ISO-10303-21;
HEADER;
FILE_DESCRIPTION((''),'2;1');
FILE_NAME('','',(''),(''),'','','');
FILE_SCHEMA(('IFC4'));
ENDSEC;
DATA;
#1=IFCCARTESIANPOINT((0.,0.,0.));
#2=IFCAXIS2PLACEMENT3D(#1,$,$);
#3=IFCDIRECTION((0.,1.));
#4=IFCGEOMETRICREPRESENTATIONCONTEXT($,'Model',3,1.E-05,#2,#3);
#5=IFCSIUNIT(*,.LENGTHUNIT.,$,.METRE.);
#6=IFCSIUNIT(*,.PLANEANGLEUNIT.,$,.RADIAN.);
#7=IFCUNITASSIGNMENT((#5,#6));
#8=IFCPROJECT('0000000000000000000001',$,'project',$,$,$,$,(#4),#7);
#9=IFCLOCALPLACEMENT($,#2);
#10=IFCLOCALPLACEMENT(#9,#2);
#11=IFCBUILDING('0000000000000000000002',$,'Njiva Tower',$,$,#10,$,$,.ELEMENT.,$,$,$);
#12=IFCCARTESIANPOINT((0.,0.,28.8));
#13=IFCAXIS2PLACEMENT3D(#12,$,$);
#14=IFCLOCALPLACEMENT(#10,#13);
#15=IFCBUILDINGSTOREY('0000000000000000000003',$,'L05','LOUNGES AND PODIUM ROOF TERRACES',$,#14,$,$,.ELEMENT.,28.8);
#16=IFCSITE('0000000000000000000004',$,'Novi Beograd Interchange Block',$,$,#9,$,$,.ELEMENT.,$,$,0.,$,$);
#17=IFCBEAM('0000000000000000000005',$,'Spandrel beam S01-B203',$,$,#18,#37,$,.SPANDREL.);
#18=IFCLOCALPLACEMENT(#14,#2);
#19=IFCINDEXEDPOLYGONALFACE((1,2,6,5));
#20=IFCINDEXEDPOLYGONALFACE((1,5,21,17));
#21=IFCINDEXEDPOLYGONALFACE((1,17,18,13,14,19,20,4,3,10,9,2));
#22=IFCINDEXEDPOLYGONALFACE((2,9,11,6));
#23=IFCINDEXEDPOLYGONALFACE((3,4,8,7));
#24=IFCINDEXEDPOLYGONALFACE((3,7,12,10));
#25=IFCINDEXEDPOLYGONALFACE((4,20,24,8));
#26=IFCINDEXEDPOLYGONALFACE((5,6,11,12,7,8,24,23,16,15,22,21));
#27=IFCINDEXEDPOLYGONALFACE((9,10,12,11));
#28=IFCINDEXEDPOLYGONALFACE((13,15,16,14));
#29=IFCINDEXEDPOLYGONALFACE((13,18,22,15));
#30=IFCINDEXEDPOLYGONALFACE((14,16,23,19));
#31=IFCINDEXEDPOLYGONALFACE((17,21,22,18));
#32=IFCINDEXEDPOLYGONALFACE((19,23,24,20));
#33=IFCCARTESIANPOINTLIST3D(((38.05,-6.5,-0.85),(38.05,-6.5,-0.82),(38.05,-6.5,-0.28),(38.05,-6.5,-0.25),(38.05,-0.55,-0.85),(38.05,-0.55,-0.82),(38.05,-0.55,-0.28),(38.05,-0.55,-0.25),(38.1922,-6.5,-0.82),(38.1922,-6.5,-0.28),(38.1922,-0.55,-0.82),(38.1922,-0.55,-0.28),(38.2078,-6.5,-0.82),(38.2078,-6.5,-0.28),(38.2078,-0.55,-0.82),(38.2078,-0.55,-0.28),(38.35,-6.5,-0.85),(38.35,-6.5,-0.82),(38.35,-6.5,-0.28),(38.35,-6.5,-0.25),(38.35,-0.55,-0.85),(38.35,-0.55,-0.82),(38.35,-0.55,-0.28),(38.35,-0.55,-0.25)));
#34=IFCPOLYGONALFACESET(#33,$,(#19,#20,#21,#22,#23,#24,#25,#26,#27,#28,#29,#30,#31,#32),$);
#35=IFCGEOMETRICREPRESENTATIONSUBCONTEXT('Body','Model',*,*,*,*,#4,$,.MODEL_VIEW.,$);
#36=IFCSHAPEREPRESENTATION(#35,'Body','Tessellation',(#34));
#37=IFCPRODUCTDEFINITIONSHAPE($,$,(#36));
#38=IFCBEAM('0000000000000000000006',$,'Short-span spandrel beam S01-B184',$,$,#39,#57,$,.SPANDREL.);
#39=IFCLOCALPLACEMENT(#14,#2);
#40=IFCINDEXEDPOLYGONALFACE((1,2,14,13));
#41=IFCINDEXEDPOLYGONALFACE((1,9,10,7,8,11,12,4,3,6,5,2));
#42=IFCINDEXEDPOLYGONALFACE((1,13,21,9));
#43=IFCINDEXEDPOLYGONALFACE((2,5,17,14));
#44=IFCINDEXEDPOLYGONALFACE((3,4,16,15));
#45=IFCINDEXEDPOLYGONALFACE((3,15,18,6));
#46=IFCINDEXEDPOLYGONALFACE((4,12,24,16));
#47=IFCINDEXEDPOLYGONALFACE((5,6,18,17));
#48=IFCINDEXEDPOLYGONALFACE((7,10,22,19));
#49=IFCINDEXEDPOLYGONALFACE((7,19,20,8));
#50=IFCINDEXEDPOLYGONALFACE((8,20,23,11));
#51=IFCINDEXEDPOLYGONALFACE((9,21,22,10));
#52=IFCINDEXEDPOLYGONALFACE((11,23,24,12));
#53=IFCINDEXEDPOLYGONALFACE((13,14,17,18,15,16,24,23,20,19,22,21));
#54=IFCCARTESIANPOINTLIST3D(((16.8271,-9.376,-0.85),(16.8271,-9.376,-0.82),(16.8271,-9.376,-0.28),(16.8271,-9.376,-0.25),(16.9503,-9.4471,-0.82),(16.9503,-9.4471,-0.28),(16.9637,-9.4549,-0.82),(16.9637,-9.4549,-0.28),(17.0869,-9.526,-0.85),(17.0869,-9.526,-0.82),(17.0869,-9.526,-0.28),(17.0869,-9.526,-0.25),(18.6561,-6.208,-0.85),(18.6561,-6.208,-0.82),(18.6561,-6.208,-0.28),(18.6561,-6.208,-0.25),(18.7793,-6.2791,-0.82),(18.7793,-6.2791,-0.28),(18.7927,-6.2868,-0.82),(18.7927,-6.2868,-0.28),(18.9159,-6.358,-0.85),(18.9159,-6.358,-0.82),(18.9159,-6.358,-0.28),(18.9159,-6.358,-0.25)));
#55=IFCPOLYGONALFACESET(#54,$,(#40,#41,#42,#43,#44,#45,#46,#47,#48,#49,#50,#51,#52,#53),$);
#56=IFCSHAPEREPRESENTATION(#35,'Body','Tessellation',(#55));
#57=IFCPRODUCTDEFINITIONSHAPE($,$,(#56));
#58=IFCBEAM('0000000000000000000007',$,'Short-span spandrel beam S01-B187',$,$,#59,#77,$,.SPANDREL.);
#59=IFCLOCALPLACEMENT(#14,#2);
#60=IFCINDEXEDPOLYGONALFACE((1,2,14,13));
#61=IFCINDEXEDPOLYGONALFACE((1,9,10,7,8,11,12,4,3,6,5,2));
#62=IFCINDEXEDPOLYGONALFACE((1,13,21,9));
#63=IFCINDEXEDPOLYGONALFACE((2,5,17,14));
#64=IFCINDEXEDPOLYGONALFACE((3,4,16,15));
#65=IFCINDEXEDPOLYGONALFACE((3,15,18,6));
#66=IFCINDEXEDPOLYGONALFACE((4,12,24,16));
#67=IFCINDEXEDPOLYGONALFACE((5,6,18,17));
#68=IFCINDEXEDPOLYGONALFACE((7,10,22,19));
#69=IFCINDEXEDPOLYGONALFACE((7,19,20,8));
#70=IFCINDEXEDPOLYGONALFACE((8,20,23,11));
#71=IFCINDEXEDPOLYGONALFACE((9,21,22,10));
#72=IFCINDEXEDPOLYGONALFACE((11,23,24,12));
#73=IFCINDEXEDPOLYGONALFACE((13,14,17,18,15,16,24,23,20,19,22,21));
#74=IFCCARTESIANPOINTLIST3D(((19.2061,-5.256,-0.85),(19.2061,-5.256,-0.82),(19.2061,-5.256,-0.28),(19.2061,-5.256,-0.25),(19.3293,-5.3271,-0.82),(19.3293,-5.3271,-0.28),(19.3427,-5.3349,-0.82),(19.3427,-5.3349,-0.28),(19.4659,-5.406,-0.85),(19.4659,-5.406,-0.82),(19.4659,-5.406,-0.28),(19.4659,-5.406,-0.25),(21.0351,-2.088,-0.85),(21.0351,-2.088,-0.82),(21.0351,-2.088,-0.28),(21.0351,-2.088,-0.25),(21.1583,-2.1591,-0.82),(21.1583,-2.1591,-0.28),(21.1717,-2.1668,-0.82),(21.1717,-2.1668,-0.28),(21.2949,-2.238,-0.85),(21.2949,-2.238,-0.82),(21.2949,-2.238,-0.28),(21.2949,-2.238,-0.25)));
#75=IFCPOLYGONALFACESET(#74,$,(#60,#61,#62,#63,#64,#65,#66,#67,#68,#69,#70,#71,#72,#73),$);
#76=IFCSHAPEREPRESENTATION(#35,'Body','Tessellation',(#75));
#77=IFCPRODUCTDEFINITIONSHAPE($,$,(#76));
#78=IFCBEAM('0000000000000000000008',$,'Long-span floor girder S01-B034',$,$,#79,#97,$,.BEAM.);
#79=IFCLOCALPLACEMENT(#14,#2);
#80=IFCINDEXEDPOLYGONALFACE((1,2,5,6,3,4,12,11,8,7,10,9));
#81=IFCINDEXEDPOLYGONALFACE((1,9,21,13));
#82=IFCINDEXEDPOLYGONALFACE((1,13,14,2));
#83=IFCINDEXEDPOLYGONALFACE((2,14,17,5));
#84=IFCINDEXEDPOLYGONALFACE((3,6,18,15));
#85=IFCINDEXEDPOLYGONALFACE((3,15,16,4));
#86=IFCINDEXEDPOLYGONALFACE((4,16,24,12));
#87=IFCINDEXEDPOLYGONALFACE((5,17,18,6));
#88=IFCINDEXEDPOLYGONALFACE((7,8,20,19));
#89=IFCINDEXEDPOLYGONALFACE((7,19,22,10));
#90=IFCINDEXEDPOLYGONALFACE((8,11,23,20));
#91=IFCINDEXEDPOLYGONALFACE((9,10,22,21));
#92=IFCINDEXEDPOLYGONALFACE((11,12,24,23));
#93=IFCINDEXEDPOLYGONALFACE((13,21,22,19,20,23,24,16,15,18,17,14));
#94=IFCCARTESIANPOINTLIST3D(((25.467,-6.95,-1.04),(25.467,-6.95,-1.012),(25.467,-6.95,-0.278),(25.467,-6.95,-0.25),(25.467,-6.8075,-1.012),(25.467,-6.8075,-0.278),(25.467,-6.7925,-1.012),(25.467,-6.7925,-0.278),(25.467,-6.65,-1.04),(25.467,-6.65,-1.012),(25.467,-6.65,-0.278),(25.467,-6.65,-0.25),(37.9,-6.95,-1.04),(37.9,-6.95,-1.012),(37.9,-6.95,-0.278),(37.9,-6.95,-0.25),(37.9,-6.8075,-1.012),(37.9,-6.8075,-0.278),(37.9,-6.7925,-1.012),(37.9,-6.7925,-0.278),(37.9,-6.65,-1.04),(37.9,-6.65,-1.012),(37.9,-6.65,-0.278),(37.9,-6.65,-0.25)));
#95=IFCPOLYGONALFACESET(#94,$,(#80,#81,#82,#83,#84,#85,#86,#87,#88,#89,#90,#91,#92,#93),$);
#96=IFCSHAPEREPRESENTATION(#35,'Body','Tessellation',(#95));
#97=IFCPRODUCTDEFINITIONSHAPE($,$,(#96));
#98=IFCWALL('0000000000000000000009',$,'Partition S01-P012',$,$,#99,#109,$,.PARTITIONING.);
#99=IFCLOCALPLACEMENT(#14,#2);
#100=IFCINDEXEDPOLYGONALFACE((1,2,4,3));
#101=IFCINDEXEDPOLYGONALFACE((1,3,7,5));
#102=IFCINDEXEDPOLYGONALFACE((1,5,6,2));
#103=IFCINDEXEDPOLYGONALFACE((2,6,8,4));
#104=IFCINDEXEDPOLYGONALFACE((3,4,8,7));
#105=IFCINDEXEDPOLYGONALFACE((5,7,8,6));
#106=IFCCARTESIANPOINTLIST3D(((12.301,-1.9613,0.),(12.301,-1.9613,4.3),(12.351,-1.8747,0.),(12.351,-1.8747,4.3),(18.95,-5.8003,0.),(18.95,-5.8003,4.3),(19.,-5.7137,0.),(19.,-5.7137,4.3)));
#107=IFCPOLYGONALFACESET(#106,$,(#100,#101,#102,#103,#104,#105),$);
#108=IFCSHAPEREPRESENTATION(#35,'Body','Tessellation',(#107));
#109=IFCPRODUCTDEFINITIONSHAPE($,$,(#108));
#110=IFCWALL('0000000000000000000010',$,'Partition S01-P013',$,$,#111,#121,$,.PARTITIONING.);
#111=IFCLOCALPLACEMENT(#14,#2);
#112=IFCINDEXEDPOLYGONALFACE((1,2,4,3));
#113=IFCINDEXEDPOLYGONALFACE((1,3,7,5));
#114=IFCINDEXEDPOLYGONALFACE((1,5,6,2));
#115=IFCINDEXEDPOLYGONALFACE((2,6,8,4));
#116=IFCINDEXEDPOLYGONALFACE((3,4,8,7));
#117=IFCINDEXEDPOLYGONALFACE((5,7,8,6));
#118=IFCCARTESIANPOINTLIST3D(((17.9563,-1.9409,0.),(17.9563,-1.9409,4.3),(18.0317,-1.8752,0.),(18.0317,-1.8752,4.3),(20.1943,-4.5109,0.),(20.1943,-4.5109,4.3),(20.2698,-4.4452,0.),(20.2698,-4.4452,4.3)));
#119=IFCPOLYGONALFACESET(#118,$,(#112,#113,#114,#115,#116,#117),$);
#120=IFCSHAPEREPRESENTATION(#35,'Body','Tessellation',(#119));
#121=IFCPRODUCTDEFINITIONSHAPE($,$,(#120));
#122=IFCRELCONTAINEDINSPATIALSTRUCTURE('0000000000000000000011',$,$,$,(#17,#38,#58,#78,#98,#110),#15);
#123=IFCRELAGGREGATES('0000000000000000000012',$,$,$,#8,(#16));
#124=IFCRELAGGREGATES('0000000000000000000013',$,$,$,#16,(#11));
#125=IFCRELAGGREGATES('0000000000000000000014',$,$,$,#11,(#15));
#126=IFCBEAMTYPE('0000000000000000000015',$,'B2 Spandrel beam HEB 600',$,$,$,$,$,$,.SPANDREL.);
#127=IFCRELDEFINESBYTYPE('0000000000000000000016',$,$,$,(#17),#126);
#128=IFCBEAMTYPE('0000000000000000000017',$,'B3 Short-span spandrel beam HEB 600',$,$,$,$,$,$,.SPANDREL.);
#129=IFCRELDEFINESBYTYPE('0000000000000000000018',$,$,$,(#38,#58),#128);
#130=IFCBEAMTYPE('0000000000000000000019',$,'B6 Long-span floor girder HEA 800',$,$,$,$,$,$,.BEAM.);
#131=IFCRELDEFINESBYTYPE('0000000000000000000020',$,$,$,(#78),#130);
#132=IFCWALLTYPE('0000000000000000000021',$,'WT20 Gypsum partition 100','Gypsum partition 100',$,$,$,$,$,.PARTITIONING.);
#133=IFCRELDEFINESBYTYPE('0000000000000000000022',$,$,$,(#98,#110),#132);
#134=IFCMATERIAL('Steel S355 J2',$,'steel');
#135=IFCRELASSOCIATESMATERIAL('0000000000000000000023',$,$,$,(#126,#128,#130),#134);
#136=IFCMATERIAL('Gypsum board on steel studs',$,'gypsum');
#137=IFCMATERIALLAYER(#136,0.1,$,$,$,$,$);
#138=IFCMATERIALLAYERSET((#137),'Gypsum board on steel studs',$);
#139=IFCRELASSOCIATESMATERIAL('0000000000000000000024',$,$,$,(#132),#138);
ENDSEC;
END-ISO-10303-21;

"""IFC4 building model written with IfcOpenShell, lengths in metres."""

from ifc_helpers import new_model, si_unit, direction, frame, frame_2d, origin, origin_2d, place, context, subcontext, project, spatial, rectangle, i_section, extrude, material, layer, layer_set, material_profile, profile_set, type_object, element, save


model = new_model("IFC4")

# Units and contexts
model_context = context("Model", 3, precision=1e-05, world=origin(), true_north=direction((0.0, 1.0)))
body_context = subcontext(model_context, "Body", "Model", "MODEL_VIEW")
ifc_project = project(units=[si_unit("LENGTHUNIT", "METRE"), si_unit("PLANEANGLEUNIT", "RADIAN")], contexts=[model_context])

# Site, building, storey
site_placement = place(None, origin())
site = spatial("IfcSite", under=ifc_project, at=site_placement, Name="Novi Beograd Interchange Block", CompositionType="ELEMENT", RefElevation=0.0)
building_placement = place(site_placement, origin())
building = spatial("IfcBuilding", under=site, at=building_placement, Name="Njiva Tower", CompositionType="ELEMENT")
storey_placement = place(building_placement, frame((0.0, 0.0, 28.8)))
storey = spatial("IfcBuildingStorey", under=building, at=storey_placement, Name="L05", Description="LOUNGES AND PODIUM ROOF TERRACES", CompositionType="ELEMENT", Elevation=28.8)

# Shared definitions
ifc_material_1 = material(Name="Steel S355 J2", Category="steel")

# Beams
ifc_material_profile_1 = material_profile(ifc_material_1, i_section(OverallWidth=0.3, OverallDepth=0.6, WebThickness=0.0155, FlangeThickness=0.03, at=origin_2d()), Name="HEB 600")
ifc_profile_set_1 = profile_set([ifc_material_profile_1], Name="Steel S355 J2")
beam_type_1 = type_object("IfcBeamType", Name="B2 Spandrel beam HEB 600", PredefinedType="SPANDREL", material=ifc_profile_set_1)
for number, where, z_axis, x_axis, name in (
    (1, (38.2, -6.5, -0.55), (0.0, 1.0, 0.0), (-1.0, 0.0, 0.0), "Spandrel beam S01-B203"),
):
    element("IfcBeam", number, at=place(storey_placement, frame(where, z_axis=z_axis, x_axis=x_axis)), inside=storey, type_object=beam_type_1, Name=name, PredefinedType="SPANDREL", context=body_context, shape_type="SweptSolid", body=[
        extrude(i_section(OverallWidth=0.3, OverallDepth=0.6, WebThickness=0.0155, FlangeThickness=0.03, at=origin_2d()), origin(), (0.0, 0.0, 1.0), 5.95),
    ])
ifc_material_profile_2 = material_profile(ifc_material_1, i_section(OverallWidth=0.3, OverallDepth=0.6, WebThickness=0.0155, FlangeThickness=0.03, at=origin_2d()), Name="HEB 600")
ifc_profile_set_2 = profile_set([ifc_material_profile_2], Name="Steel S355 J2")
beam_type_2 = type_object("IfcBeamType", Name="B3 Short-span spandrel beam HEB 600", PredefinedType="SPANDREL", material=ifc_profile_set_2)
for number, where, z_axis, x_axis, name in (
    (2, (16.957, -9.451, -0.55), (0.499991, 0.866031, 0.0), (-0.866031, 0.499991, 0.0), "Short-span spandrel beam S01-B184"),
    (3, (19.336, -5.331, -0.55), (0.499991, 0.866031, 0.0), (-0.866031, 0.499991, 0.0), "Short-span spandrel beam S01-B187"),
):
    element("IfcBeam", number, at=place(storey_placement, frame(where, z_axis=z_axis, x_axis=x_axis)), inside=storey, type_object=beam_type_2, Name=name, PredefinedType="SPANDREL", context=body_context, shape_type="SweptSolid", body=[
        extrude(i_section(OverallWidth=0.3, OverallDepth=0.6, WebThickness=0.0155, FlangeThickness=0.03, at=origin_2d()), origin(), (0.0, 0.0, 1.0), 3.6581),
    ])
ifc_material_profile_3 = material_profile(ifc_material_1, i_section(OverallWidth=0.3, OverallDepth=0.79, WebThickness=0.015, FlangeThickness=0.028, at=origin_2d()), Name="HEA 800")
ifc_profile_set_3 = profile_set([ifc_material_profile_3], Name="Steel S355 J2")
beam_type_3 = type_object("IfcBeamType", Name="B6 Long-span floor girder HEA 800", PredefinedType="BEAM", material=ifc_profile_set_3)
beam_1_placement = place(storey_placement, frame((25.467, -6.8, -0.645), z_axis=(1.0, 0.0, 0.0), x_axis=(0.0, 1.0, 0.0)))
element("IfcBeam", 4, at=beam_1_placement, inside=storey, type_object=beam_type_3, Name="Long-span floor girder S01-B034", PredefinedType="BEAM", context=body_context, shape_type="SweptSolid", body=[
    extrude(i_section(OverallWidth=0.3, OverallDepth=0.79, WebThickness=0.015, FlangeThickness=0.028, at=origin_2d()), origin(), (0.0, 0.0, 1.0), 12.433),
])

# Walls
ifc_material_2 = material(Name="Gypsum board on steel studs", Category="gypsum")
ifc_layer = layer(ifc_material_2, 0.1)
ifc_layer_set = layer_set([ifc_layer], Name="Gypsum board on steel studs")
wall_type = type_object("IfcWallType", Name="WT20 Gypsum partition 100", Description="Gypsum partition 100", PredefinedType="PARTITIONING", material=ifc_layer_set)
wall_1_placement = place(storey_placement, frame((12.326, -1.918, 0.0), z_axis=(0.0, 0.0, 1.0), x_axis=(0.866014, -0.500019, 0.0)))
element("IfcWall", 5, at=wall_1_placement, inside=storey, type_object=wall_type, Name="Partition S01-P012", PredefinedType="PARTITIONING", context=body_context, shape_type="SweptSolid", body=[
    extrude(rectangle(XDim=7.6777, YDim=0.1, at=frame_2d((3.8388, 0.0))), origin(), (0.0, 0.0, 1.0), 4.3),
])
wall_2_placement = place(storey_placement, frame((17.994, -1.908, 0.0), z_axis=(0.0, 0.0, 1.0), x_axis=(0.656716, -0.754138, 0.0)))
element("IfcWall", 6, at=wall_2_placement, inside=storey, type_object=wall_type, Name="Partition S01-P013", PredefinedType="PARTITIONING", context=body_context, shape_type="SweptSolid", body=[
    extrude(rectangle(XDim=3.4079, YDim=0.1, at=frame_2d((1.704, 0.0))), origin(), (0.0, 0.0, 1.0), 4.3),
])

save(model, "model.ifc")
